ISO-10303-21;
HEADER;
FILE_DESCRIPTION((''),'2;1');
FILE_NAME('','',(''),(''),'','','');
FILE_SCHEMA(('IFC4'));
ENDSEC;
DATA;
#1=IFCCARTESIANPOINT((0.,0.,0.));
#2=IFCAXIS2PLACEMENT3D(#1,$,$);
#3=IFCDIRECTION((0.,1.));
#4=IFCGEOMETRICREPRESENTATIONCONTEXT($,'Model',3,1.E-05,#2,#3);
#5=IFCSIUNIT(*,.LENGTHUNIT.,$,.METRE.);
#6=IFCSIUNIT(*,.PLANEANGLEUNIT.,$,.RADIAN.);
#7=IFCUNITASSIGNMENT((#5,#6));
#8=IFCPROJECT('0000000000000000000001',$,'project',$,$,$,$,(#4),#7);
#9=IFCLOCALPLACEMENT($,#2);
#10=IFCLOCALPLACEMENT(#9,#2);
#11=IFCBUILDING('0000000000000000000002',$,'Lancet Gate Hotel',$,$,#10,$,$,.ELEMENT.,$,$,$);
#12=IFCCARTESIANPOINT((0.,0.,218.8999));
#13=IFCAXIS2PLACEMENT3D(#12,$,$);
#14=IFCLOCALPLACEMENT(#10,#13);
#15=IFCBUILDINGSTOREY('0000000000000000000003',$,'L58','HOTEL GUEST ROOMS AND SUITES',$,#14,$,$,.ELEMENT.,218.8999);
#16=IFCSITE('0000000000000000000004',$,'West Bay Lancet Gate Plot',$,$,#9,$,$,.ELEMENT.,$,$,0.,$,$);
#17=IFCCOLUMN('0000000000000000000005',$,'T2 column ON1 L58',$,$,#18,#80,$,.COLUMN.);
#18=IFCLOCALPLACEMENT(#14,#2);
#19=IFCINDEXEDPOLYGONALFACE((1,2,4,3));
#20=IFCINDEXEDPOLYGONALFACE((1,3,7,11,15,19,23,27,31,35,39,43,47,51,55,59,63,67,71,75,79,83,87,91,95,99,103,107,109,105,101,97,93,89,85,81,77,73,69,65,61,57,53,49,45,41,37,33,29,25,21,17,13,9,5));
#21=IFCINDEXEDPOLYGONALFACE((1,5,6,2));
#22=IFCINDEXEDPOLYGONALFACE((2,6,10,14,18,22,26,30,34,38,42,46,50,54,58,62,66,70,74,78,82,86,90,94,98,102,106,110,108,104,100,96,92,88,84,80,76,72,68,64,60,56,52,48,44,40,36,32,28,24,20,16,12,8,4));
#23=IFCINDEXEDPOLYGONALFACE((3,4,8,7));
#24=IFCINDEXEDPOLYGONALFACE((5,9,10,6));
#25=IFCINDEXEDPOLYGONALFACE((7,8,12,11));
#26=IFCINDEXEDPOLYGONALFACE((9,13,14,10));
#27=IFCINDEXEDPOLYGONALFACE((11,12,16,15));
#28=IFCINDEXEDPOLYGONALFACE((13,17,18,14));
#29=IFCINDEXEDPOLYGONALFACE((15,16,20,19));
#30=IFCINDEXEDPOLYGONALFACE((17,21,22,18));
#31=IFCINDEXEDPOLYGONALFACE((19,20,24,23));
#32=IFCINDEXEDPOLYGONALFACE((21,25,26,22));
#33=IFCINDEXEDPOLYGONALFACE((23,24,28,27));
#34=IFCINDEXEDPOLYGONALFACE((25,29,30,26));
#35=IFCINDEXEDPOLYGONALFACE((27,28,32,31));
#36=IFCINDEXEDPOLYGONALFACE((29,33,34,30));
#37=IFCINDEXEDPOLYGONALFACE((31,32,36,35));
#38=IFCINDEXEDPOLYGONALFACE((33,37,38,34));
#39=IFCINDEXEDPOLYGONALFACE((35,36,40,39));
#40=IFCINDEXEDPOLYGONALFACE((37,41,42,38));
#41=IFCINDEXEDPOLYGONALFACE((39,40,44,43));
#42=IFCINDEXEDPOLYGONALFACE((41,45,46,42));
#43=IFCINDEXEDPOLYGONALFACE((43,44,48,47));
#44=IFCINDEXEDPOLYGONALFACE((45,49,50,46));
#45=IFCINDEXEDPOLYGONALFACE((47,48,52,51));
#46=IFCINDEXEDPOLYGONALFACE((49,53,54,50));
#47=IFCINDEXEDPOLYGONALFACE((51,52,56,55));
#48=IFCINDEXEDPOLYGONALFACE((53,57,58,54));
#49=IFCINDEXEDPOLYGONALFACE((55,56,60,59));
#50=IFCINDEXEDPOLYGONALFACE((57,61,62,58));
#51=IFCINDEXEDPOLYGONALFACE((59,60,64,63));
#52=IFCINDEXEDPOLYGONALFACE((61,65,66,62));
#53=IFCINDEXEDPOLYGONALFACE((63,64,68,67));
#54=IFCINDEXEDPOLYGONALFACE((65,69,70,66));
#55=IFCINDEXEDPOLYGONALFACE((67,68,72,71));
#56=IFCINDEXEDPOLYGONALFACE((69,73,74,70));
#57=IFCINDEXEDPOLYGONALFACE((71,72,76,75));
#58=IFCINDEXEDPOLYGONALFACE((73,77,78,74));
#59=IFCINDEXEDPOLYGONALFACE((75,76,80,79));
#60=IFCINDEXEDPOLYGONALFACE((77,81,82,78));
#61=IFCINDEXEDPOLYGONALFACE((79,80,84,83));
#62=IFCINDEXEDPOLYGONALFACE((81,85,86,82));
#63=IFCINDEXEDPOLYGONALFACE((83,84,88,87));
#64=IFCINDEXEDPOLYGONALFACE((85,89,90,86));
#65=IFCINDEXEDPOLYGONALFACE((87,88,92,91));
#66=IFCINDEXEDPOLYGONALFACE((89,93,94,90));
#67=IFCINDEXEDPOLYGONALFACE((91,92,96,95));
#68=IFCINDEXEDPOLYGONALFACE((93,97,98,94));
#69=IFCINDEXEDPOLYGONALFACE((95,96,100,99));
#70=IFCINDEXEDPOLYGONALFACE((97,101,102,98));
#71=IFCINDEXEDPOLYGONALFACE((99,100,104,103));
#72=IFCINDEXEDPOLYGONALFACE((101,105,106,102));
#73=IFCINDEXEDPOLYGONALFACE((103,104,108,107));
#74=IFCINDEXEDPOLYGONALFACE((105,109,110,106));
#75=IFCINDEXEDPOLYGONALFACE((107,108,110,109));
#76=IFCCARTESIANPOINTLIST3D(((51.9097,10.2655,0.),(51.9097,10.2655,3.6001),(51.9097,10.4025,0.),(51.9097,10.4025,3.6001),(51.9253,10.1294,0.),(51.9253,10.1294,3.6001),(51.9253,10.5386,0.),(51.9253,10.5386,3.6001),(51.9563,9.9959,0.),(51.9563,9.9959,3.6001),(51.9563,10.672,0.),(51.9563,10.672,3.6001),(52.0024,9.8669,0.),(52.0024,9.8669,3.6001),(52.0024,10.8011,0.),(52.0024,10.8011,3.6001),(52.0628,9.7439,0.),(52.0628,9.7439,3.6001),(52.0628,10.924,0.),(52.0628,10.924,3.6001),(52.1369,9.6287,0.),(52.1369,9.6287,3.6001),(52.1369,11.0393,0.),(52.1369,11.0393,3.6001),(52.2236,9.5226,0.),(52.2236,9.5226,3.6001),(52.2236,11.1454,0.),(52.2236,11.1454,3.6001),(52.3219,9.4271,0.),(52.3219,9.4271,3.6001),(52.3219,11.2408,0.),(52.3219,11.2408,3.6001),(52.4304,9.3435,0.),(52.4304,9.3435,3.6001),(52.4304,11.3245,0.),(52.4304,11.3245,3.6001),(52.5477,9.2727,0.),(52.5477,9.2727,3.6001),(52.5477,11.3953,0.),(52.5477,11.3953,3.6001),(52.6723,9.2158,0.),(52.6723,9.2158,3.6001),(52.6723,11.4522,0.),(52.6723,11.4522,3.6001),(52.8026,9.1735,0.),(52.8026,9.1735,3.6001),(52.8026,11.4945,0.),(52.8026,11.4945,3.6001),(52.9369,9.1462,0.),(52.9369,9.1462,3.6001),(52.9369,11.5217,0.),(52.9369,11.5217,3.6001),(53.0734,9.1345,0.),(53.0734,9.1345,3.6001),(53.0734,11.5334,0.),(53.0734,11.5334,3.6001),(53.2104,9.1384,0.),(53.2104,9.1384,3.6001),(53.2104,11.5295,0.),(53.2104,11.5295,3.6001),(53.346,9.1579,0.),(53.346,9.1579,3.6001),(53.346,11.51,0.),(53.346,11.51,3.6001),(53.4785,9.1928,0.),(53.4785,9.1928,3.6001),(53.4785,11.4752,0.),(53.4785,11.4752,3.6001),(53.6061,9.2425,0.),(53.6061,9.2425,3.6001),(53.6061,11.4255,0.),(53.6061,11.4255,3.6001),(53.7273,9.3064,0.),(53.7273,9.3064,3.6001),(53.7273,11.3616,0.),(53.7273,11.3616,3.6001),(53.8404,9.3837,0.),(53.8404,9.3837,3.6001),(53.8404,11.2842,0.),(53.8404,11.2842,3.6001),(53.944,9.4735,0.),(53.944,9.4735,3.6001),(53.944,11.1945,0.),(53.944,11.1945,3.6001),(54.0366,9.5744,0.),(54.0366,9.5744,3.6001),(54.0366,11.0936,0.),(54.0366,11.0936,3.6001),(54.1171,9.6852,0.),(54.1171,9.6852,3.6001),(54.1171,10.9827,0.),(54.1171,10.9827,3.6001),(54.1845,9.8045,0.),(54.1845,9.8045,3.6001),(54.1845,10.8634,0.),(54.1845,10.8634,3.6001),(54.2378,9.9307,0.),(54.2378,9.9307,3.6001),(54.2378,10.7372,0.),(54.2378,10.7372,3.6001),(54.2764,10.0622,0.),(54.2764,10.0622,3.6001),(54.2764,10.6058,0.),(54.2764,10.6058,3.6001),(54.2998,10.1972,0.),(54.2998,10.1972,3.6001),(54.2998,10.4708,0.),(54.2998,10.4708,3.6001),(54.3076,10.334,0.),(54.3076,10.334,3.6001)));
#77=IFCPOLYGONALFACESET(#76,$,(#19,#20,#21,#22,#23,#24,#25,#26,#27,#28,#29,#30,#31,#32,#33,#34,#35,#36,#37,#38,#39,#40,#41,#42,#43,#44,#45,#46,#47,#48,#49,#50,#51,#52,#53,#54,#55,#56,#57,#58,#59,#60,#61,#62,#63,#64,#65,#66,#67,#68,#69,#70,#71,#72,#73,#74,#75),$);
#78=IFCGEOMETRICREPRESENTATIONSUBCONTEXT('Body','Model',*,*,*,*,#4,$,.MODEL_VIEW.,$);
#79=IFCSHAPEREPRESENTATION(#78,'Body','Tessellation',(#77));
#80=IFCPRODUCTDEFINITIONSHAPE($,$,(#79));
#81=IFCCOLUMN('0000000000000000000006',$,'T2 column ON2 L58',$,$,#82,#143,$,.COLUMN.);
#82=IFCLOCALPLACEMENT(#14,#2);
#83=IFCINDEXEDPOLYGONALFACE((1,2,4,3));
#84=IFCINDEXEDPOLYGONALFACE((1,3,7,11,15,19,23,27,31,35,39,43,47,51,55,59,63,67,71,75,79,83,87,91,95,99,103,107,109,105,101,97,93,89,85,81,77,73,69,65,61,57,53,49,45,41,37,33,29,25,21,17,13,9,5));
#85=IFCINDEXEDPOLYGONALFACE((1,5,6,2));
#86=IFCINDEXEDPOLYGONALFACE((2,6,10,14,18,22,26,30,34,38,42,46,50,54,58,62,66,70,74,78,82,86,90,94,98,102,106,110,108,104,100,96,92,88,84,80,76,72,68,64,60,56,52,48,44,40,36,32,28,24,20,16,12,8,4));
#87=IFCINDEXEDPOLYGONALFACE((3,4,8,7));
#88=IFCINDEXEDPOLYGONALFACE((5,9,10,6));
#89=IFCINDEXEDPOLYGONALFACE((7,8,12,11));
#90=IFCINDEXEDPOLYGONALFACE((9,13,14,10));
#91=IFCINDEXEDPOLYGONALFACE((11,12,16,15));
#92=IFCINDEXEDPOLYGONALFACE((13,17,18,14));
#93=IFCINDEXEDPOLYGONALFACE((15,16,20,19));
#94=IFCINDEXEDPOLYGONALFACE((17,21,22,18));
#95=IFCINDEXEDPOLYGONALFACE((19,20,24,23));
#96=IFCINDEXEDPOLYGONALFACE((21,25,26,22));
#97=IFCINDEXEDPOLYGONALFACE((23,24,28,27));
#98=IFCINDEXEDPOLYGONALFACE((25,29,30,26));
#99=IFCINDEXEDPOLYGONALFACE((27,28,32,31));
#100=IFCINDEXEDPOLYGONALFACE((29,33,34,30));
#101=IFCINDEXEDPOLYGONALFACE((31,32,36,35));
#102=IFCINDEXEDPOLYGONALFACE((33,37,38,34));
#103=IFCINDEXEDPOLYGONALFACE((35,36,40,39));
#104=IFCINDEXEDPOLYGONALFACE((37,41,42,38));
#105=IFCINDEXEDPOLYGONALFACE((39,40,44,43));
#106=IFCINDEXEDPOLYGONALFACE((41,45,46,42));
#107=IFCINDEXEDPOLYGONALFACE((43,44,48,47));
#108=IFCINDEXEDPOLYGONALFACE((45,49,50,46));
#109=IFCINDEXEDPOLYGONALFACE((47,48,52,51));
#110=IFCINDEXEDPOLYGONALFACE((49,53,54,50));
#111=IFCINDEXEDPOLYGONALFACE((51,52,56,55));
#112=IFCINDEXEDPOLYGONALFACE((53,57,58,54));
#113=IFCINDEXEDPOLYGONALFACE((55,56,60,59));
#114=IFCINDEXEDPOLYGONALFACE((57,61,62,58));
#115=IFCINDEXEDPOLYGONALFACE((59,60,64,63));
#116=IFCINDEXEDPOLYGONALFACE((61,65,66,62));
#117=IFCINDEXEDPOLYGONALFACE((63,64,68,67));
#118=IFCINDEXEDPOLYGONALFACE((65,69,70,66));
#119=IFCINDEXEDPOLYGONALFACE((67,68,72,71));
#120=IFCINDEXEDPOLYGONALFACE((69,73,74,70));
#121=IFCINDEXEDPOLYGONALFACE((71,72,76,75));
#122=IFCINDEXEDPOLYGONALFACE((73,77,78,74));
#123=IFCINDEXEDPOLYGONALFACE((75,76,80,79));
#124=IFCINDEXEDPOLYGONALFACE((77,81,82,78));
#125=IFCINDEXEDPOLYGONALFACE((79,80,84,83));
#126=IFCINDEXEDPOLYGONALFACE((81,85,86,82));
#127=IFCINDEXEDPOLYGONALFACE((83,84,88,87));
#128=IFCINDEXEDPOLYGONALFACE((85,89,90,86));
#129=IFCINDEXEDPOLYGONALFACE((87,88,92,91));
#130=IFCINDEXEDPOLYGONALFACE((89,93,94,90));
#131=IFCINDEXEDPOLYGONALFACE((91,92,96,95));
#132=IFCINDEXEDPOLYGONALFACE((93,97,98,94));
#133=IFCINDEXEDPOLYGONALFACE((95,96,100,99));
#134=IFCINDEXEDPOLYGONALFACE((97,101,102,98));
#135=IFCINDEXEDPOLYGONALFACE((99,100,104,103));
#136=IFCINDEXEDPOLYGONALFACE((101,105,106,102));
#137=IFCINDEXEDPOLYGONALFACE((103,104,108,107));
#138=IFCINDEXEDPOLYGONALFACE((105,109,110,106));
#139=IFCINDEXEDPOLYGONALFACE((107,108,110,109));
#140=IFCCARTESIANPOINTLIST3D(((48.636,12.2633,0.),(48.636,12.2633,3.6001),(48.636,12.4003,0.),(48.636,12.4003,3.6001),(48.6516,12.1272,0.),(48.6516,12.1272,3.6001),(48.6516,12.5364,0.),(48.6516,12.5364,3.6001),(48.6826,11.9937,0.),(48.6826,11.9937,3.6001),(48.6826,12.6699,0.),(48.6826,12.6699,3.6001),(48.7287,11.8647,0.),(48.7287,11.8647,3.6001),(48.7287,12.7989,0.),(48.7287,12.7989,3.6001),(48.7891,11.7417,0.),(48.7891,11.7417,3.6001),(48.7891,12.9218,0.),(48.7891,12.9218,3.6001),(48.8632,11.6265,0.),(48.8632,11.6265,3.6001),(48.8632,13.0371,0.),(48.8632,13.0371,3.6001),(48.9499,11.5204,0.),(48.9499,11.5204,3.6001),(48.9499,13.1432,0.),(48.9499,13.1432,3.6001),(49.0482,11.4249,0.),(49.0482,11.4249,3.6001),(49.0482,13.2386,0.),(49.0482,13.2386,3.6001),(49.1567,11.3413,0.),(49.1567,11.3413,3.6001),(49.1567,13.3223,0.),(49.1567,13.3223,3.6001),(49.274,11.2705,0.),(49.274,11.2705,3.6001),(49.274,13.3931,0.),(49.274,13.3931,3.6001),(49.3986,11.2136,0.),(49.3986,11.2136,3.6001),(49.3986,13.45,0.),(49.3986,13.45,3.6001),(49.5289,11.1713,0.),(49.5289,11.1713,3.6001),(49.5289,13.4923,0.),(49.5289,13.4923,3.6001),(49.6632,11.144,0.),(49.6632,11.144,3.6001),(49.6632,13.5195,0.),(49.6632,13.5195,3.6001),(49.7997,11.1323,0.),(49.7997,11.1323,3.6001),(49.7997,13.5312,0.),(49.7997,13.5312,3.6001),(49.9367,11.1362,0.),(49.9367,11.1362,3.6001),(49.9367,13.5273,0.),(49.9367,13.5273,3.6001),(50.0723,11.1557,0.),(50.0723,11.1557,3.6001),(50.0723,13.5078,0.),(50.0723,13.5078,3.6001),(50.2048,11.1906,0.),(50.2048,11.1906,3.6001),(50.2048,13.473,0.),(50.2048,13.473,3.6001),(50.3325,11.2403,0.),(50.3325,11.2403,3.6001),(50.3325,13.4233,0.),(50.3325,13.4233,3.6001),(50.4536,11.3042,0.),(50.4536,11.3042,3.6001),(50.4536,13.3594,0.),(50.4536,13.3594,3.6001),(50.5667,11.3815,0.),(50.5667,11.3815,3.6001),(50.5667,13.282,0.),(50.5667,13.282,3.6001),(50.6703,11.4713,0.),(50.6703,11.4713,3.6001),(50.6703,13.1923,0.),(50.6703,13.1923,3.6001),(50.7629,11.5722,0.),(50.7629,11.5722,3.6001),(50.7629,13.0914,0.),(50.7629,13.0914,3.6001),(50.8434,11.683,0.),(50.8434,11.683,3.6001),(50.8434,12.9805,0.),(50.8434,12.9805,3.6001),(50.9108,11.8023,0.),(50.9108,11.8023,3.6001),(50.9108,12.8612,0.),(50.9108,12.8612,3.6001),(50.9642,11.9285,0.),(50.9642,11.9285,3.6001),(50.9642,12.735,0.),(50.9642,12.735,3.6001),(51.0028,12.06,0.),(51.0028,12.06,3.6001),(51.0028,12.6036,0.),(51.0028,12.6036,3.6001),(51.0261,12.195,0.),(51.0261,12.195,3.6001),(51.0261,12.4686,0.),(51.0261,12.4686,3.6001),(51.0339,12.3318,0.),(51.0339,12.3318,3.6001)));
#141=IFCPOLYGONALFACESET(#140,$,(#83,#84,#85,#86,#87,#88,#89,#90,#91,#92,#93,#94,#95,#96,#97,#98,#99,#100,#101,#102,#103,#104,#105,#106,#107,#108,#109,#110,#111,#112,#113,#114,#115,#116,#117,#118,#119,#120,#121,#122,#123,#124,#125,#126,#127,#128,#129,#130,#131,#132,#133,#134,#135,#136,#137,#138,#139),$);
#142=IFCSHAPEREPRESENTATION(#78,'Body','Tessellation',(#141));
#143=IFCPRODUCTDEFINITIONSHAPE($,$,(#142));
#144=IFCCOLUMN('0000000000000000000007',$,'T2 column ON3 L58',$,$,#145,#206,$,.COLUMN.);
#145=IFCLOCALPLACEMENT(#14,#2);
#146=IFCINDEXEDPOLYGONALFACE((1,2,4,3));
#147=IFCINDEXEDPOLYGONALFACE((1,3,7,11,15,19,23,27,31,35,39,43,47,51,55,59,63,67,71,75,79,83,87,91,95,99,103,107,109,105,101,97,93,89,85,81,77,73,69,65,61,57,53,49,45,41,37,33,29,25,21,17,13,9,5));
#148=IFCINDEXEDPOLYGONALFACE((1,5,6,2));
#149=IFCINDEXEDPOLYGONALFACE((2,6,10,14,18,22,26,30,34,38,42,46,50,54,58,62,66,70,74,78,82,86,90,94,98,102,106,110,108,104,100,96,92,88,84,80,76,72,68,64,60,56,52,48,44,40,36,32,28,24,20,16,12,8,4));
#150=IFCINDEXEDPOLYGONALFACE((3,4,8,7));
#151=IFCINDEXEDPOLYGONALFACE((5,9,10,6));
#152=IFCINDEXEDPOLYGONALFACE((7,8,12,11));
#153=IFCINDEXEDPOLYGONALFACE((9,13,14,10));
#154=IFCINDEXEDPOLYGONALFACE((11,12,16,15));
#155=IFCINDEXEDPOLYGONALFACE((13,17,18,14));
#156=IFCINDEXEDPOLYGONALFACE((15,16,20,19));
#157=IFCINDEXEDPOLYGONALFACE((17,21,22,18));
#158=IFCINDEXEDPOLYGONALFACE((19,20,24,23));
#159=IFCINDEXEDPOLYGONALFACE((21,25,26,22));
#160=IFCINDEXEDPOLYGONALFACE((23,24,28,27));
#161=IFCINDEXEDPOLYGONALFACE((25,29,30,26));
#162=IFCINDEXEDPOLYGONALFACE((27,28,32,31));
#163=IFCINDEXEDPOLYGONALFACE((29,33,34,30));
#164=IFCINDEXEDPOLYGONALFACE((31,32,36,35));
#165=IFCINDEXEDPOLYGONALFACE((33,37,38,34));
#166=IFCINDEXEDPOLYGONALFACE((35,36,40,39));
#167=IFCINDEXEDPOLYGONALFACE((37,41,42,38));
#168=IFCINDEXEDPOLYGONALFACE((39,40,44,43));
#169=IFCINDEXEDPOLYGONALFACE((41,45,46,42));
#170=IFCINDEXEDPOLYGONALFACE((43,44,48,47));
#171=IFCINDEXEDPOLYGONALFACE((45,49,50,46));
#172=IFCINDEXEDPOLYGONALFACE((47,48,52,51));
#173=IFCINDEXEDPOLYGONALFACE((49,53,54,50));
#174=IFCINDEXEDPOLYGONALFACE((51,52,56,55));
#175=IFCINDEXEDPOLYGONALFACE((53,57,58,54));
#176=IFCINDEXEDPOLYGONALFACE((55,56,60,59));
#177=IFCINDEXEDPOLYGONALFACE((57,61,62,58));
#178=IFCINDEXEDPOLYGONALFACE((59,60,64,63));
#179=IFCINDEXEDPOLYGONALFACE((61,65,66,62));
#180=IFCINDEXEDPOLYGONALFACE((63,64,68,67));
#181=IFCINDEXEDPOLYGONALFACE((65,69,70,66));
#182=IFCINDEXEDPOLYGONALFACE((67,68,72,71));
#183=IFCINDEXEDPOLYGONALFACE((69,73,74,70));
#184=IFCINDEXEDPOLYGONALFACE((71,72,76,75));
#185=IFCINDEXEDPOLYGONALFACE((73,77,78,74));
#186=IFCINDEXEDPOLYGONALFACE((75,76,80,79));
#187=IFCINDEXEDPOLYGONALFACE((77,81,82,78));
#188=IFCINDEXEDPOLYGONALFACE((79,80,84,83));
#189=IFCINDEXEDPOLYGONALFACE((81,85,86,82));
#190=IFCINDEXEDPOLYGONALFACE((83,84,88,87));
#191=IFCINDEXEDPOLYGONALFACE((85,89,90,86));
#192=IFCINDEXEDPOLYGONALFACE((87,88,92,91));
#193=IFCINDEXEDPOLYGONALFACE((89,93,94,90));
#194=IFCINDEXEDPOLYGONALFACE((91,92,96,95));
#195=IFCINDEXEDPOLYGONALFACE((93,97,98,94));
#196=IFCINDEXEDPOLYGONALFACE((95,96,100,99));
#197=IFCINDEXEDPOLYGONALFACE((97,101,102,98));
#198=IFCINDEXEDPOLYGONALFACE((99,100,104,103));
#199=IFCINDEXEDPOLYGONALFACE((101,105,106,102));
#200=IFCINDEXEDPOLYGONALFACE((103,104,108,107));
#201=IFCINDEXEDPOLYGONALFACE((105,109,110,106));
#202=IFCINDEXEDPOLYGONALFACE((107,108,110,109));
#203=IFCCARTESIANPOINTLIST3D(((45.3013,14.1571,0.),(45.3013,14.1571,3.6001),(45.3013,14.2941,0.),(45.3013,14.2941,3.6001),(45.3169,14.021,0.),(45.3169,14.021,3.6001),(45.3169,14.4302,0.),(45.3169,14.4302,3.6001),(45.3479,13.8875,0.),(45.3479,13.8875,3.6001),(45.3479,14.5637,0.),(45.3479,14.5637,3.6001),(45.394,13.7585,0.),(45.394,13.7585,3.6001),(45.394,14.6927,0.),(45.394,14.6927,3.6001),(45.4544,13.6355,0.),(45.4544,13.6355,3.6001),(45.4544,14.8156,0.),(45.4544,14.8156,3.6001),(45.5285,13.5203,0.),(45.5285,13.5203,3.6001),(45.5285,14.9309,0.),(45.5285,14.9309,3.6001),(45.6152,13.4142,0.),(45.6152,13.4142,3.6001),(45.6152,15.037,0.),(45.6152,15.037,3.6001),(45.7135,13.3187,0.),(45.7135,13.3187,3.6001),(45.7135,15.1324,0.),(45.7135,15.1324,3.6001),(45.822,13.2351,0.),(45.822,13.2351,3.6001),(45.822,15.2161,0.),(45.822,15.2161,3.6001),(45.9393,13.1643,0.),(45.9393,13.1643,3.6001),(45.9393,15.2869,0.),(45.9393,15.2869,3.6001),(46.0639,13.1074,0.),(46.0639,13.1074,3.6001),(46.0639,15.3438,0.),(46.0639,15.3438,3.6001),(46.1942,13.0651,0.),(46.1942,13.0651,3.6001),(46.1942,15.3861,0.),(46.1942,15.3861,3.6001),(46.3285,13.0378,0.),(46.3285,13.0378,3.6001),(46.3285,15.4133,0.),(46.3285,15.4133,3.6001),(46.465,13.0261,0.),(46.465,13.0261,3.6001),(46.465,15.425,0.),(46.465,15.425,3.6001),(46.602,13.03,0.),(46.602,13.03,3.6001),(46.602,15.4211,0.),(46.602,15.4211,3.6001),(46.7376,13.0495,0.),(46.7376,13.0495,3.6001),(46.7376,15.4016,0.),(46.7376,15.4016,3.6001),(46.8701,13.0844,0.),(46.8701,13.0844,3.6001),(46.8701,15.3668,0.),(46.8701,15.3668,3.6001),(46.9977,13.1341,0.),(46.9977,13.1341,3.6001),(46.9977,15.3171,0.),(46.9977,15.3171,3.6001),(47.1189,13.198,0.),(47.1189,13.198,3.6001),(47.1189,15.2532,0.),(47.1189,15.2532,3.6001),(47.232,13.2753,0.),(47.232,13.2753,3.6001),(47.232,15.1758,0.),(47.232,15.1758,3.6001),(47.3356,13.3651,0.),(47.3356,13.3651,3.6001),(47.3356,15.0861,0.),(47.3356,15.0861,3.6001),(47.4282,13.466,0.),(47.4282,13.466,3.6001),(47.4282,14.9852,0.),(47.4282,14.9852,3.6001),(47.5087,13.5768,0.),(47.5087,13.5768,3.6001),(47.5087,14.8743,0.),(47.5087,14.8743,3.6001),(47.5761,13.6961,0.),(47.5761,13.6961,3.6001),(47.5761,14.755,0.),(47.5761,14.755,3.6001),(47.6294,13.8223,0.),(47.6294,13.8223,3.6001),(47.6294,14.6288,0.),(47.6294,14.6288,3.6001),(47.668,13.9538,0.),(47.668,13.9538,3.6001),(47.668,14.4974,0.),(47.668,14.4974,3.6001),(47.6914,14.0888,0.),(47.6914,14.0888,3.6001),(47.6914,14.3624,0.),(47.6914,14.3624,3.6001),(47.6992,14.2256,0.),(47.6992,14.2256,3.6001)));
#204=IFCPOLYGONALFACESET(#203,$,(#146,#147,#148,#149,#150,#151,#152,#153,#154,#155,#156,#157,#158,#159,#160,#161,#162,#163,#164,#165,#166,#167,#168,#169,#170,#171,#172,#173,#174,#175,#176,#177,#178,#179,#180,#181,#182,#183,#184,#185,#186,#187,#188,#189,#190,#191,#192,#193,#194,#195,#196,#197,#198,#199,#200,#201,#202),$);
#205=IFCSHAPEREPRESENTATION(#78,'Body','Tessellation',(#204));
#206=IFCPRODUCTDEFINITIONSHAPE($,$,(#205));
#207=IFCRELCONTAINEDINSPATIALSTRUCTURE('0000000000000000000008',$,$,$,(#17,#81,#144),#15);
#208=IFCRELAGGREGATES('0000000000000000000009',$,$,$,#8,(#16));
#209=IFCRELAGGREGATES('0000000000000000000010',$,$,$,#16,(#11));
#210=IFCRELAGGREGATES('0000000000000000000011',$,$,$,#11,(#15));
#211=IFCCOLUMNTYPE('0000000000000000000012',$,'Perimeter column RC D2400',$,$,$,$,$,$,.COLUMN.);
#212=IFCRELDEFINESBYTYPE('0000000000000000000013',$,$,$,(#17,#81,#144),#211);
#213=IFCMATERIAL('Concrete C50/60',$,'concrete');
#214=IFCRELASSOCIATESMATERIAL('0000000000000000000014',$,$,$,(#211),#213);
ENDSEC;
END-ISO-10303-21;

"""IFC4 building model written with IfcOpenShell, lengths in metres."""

from ifc_helpers import new_model, si_unit, direction, frame, origin, origin_2d, place, context, subcontext, project, spatial, circle, extrude, material, material_profile, profile_set, type_object, element, save


model = new_model("IFC4")

# Units and contexts
model_context = context("Model", 3, precision=1e-05, world=origin(), true_north=direction((0.0, 1.0)))
body_context = subcontext(model_context, "Body", "Model", "MODEL_VIEW")
ifc_project = project(units=[si_unit("LENGTHUNIT", "METRE"), si_unit("PLANEANGLEUNIT", "RADIAN")], contexts=[model_context])

# Site, building, storey
site_placement = place(None, origin())
site = spatial("IfcSite", under=ifc_project, at=site_placement, Name="West Bay Lancet Gate Plot", CompositionType="ELEMENT", RefElevation=0.0)
building_placement = place(site_placement, origin())
building = spatial("IfcBuilding", under=site, at=building_placement, Name="Lancet Gate Hotel", CompositionType="ELEMENT")
storey_placement = place(building_placement, frame((0.0, 0.0, 218.8999)))
storey = spatial("IfcBuildingStorey", under=building, at=storey_placement, Name="L58", Description="HOTEL GUEST ROOMS AND SUITES", CompositionType="ELEMENT", Elevation=218.8999)

# Columns
ifc_material_1 = material(Name="Concrete C50/60", Category="concrete")
ifc_material_profile_1 = material_profile(ifc_material_1, circle(Radius=1.2, at=origin_2d()), Name="RC D2400")
ifc_profile_set_1 = profile_set([ifc_material_profile_1], Name="Concrete C50/60")
column_type = type_object("IfcColumnType", Name="Perimeter column RC D2400", PredefinedType="COLUMN", material=ifc_profile_set_1)
for number, where, z_axis, x_axis, name in (
    (1, (53.1077, 10.334, 0.0), (0.0, 0.0, 1.0), (1.0, 0.0, 0.0), "T2 column ON1 L58"),
    (2, (49.834, 12.3318, 0.0), (0.0, 0.0, 1.0), (1.0, 0.0, 0.0), "T2 column ON2 L58"),
    (3, (46.4993, 14.2256, 0.0), (0.0, 0.0, 1.0), (1.0, 0.0, 0.0), "T2 column ON3 L58"),
):
    element("IfcColumn", number, at=place(storey_placement, frame(where, z_axis=z_axis, x_axis=x_axis)), inside=storey, type_object=column_type, Name=name, PredefinedType="COLUMN", context=body_context, shape_type="SweptSolid", body=[
        extrude(circle(Radius=1.2, at=origin_2d()), origin(), (0.0, 0.0, 1.0), 3.6001),
    ])

save(model, "model.ifc")
